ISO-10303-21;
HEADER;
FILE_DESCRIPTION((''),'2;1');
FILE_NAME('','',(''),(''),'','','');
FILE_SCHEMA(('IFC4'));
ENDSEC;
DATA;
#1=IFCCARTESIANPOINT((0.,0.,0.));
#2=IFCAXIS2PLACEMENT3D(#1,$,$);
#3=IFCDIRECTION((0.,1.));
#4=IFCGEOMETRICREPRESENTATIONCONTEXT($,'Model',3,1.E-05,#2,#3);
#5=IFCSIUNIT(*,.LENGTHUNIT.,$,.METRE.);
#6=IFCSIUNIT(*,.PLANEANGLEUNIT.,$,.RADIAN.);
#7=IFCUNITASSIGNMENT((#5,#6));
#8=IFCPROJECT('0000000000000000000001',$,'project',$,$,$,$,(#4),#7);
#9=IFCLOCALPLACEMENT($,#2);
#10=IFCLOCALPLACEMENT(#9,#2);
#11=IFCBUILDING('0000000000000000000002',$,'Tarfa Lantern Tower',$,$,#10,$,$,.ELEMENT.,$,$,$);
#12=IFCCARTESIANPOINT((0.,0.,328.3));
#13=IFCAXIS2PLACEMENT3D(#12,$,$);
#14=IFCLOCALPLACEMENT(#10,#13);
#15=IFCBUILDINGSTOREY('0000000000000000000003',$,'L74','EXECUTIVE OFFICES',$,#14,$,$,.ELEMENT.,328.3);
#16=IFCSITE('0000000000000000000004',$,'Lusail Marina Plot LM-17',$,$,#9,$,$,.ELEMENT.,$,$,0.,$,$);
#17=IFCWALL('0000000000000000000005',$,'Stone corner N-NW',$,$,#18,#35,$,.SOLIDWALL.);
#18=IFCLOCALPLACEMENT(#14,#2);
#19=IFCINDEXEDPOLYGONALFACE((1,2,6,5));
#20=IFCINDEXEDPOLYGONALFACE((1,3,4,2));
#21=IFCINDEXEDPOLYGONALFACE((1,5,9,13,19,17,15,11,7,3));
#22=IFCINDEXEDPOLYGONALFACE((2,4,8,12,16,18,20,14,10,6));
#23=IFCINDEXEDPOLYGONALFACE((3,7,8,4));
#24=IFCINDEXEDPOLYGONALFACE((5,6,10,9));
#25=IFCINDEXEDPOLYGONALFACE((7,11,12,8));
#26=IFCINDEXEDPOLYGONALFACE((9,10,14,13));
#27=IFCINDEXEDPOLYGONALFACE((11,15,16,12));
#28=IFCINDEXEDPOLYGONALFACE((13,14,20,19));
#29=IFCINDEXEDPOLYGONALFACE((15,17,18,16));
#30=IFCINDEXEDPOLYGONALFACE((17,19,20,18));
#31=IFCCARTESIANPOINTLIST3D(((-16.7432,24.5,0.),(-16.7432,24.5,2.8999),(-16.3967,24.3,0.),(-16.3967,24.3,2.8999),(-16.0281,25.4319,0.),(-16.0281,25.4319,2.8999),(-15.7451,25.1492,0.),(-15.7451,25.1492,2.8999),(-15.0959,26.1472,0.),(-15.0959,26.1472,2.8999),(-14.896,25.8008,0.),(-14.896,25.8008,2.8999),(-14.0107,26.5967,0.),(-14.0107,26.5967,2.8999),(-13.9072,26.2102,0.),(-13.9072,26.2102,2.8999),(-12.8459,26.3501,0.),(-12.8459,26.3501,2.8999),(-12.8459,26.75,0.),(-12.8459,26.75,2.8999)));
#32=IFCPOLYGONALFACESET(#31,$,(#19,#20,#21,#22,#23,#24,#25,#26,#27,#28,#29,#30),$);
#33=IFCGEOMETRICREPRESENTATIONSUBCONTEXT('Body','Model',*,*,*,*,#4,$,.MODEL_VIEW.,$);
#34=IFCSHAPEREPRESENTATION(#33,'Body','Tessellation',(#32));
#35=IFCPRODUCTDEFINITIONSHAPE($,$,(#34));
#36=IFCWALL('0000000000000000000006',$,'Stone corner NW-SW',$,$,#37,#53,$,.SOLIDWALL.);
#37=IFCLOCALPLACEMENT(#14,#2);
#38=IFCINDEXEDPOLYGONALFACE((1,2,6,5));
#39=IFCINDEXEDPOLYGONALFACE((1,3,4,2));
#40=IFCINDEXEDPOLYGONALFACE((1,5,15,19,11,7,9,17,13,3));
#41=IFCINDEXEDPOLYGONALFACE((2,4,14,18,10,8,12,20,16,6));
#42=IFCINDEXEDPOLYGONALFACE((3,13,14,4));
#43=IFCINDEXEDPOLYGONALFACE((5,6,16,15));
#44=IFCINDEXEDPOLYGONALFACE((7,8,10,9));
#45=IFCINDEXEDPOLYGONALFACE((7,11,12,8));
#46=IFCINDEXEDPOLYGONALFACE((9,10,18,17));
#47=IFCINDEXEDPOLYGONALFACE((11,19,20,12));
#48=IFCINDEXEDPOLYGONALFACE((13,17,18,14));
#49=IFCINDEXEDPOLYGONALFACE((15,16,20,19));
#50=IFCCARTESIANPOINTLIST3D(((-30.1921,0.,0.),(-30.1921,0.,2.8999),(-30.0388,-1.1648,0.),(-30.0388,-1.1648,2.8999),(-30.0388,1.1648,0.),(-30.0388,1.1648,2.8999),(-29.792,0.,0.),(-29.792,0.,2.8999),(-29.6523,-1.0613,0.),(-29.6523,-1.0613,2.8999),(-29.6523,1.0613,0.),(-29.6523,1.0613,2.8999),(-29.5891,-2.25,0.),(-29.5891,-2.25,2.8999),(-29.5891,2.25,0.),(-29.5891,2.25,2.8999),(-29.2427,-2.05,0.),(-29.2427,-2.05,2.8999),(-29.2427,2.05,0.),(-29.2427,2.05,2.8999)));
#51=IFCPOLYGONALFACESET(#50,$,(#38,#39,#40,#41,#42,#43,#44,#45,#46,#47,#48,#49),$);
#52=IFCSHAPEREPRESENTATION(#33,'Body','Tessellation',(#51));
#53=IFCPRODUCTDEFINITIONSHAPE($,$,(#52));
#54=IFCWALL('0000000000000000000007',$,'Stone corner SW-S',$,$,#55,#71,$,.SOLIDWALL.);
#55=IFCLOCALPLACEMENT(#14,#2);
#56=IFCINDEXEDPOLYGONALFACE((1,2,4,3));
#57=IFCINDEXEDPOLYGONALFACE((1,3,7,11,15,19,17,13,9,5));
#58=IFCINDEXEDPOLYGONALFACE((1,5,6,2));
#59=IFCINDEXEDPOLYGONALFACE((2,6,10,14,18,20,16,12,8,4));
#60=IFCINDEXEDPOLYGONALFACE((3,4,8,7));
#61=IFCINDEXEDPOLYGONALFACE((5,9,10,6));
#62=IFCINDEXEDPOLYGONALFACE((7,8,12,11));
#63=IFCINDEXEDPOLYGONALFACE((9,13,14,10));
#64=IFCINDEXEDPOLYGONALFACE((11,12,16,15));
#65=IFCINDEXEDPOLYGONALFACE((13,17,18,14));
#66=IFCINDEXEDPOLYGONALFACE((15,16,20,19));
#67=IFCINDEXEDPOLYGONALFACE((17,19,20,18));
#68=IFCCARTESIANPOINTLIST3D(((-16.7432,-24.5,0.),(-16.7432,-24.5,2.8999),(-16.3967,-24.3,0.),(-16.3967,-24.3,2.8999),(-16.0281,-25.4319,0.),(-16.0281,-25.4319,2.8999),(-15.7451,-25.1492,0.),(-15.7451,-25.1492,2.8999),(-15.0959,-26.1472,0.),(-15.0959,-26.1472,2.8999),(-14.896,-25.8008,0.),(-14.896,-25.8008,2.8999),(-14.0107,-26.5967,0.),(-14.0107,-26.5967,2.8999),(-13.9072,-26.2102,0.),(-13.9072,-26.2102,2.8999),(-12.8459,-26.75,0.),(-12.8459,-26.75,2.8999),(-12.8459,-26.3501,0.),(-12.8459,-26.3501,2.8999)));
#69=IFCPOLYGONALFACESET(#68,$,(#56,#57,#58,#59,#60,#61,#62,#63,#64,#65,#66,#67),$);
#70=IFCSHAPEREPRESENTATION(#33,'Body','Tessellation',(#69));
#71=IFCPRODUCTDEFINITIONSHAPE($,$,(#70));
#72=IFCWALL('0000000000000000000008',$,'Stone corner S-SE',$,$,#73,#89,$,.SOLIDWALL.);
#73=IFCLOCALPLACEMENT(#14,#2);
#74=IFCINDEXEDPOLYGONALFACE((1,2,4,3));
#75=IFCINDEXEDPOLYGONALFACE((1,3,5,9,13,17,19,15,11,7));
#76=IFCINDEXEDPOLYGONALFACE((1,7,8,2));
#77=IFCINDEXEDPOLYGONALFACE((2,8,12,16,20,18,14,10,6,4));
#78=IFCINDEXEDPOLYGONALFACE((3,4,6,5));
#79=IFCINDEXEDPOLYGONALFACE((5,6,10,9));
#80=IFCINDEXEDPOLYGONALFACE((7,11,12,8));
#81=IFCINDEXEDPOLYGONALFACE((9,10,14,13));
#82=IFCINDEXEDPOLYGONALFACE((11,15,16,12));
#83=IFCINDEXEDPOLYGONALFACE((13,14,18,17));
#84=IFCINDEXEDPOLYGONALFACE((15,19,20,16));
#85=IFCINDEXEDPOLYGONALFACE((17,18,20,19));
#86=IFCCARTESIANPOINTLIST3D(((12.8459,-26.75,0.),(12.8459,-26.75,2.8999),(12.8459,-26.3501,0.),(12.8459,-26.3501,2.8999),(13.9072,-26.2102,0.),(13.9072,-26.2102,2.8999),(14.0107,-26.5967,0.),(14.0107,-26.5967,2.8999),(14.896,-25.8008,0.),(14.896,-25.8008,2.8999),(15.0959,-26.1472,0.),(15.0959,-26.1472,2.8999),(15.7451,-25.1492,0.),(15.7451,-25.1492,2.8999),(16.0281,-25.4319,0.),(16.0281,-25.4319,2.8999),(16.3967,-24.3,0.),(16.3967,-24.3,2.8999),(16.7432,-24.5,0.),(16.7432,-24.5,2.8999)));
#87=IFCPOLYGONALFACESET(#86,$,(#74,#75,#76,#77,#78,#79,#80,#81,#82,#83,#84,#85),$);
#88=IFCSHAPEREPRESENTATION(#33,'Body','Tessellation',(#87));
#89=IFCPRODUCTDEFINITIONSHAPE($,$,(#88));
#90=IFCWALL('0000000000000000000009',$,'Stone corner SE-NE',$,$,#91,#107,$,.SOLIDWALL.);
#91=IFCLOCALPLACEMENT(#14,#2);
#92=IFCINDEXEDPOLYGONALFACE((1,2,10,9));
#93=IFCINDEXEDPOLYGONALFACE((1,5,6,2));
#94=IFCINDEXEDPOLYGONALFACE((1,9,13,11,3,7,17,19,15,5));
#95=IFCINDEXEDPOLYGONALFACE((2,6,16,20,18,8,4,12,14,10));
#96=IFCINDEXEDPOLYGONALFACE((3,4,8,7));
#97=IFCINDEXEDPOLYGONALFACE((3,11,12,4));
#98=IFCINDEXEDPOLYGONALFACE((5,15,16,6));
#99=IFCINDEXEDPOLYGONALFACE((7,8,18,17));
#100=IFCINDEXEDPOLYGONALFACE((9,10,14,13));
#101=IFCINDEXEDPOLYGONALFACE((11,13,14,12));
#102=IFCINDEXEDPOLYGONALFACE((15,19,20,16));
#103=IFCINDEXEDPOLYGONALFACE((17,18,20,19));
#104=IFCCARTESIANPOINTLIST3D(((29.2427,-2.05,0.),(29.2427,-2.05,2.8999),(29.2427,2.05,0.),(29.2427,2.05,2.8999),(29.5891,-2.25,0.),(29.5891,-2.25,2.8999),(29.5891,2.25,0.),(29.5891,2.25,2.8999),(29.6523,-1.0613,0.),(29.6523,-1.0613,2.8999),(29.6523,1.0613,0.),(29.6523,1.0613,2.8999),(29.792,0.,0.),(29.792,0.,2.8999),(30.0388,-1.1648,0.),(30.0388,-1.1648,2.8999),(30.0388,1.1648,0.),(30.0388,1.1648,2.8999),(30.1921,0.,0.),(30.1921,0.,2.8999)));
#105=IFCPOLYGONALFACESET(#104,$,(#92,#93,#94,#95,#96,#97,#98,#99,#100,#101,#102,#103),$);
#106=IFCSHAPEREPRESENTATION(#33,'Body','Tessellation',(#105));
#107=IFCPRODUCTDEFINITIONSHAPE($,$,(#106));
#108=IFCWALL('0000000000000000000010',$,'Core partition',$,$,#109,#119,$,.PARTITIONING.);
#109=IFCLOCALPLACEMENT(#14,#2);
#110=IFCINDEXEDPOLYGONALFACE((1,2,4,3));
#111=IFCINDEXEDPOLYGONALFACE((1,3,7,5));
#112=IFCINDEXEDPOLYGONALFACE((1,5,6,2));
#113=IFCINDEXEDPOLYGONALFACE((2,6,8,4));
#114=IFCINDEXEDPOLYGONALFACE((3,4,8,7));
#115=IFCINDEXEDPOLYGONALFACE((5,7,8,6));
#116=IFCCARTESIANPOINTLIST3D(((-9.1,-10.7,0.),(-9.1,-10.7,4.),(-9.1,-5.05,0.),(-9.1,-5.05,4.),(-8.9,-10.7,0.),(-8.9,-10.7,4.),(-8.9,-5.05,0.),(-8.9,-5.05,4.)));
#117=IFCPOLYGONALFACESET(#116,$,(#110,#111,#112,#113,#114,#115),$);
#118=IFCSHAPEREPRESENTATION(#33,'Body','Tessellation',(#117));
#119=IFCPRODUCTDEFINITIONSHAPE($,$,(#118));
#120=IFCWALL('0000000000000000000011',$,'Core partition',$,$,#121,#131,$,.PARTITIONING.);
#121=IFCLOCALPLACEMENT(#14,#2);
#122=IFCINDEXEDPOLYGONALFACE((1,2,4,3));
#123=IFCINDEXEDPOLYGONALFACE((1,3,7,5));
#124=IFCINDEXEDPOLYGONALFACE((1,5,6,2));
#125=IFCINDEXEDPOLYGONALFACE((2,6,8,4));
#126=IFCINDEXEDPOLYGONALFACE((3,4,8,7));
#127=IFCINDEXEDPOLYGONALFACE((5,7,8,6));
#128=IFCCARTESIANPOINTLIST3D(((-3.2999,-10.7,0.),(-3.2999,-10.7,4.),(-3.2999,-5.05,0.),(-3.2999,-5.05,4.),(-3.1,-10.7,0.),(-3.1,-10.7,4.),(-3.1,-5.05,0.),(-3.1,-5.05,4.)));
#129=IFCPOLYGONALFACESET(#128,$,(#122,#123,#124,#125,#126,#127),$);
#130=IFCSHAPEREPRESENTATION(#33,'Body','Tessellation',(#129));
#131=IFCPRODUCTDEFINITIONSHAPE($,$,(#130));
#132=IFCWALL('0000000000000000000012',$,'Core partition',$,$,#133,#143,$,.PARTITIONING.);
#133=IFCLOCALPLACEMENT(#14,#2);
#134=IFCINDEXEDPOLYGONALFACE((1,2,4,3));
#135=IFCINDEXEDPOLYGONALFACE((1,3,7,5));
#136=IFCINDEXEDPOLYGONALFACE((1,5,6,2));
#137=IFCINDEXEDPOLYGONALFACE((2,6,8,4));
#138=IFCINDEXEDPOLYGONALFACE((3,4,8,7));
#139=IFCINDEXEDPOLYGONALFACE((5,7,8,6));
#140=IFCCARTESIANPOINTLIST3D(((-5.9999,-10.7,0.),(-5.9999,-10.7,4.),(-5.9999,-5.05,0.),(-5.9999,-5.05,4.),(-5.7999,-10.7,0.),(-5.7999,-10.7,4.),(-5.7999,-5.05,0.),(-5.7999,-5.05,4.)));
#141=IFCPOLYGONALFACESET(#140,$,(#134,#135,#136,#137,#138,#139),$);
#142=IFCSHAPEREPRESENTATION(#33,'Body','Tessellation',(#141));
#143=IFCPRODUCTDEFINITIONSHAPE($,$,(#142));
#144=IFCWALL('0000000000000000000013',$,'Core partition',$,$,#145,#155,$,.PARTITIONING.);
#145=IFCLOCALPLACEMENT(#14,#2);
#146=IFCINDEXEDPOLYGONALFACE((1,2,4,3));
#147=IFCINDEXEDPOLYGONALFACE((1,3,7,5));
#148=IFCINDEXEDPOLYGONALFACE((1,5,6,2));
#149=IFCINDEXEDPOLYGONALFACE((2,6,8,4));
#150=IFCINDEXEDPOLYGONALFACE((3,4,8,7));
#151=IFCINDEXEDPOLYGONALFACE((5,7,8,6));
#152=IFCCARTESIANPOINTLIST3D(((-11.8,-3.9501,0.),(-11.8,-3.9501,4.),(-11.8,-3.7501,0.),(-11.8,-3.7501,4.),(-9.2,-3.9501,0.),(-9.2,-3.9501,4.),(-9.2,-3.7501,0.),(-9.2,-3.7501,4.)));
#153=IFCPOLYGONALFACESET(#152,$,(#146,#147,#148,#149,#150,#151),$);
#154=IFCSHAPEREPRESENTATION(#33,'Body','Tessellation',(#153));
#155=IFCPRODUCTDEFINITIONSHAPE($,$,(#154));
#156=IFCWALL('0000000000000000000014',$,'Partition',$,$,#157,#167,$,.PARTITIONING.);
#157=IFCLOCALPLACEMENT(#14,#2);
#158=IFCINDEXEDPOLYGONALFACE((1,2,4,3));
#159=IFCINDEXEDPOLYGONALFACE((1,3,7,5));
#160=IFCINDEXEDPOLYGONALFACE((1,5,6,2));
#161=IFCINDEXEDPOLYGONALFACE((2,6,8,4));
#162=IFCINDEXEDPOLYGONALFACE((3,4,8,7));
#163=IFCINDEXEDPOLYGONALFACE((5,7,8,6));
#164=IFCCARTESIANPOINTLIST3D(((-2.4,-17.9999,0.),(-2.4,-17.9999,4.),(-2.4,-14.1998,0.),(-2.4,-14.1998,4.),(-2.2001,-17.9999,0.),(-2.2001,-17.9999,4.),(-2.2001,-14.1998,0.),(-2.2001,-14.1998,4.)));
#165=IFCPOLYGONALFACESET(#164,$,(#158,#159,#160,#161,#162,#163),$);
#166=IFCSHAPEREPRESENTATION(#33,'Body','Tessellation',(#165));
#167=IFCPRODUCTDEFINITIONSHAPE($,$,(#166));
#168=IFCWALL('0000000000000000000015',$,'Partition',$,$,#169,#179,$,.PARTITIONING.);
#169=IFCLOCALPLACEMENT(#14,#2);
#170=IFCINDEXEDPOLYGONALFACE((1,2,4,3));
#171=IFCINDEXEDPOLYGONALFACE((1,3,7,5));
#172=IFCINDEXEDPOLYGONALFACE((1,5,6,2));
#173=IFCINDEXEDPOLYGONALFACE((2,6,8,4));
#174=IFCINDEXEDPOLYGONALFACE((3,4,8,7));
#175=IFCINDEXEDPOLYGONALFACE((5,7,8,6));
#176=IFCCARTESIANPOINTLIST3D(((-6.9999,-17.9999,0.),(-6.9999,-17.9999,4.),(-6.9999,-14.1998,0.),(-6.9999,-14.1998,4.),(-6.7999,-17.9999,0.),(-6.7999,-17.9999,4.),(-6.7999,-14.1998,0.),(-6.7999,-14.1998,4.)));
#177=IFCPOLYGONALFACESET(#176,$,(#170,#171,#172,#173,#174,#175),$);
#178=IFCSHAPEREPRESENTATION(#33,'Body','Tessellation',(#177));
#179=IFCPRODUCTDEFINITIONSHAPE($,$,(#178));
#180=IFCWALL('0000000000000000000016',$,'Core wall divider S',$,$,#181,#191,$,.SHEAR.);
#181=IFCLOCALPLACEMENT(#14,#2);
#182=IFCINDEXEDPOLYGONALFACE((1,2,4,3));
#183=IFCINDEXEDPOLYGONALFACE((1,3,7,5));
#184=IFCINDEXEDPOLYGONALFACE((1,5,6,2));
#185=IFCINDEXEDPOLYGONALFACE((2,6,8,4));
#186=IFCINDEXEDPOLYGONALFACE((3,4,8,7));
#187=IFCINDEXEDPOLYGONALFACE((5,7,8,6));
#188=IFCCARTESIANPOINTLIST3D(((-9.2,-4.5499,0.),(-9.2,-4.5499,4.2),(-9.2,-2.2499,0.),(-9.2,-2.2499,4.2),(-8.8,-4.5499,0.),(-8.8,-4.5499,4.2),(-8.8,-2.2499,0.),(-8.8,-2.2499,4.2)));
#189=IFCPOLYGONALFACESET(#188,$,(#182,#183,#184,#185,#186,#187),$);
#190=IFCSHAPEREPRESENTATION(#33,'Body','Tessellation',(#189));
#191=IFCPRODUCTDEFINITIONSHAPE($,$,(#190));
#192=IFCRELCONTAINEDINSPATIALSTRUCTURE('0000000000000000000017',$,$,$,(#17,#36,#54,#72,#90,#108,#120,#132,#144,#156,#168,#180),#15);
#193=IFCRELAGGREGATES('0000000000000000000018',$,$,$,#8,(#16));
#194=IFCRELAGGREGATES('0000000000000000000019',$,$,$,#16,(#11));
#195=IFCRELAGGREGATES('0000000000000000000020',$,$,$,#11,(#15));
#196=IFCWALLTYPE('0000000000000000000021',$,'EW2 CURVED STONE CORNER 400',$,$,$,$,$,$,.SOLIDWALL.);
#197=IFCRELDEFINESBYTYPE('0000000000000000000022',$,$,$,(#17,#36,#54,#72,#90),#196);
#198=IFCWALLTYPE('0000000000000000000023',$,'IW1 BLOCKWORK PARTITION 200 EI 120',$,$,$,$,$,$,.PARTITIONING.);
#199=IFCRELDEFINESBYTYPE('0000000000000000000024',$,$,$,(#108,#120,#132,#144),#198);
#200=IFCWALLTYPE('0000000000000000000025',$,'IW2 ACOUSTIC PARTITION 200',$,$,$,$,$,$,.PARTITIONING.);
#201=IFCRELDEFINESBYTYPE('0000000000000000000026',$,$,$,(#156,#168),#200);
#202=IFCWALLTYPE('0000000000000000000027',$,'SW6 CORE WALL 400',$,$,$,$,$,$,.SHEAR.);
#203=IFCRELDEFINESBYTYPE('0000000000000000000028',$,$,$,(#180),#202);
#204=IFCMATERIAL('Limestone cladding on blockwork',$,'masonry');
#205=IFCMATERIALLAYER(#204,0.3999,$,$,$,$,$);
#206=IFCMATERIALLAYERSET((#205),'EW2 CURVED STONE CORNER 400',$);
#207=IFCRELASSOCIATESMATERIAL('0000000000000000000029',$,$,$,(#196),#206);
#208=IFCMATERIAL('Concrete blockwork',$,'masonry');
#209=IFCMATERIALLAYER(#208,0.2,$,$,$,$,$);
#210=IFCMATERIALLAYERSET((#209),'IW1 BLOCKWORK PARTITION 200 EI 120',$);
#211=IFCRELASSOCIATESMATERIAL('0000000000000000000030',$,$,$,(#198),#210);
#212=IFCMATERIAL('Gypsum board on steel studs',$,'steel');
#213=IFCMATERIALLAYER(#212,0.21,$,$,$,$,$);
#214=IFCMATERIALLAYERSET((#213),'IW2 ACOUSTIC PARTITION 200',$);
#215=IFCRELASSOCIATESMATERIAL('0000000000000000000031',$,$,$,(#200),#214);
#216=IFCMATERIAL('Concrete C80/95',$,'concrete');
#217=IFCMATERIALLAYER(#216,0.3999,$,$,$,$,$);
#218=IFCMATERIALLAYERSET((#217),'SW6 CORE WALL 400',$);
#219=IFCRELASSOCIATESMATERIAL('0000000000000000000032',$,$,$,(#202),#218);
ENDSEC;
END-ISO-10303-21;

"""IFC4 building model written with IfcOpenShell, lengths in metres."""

from ifc_helpers import new_model, si_unit, direction, frame, frame_2d, origin, place, context, subcontext, project, spatial, polyline, rectangle, outline, extrude, material, layer, layer_set, type_object, element, save


model = new_model("IFC4")

# Units and contexts
model_context = context("Model", 3, precision=1e-05, world=origin(), true_north=direction((0.0, 1.0)))
body_context = subcontext(model_context, "Body", "Model", "MODEL_VIEW")
ifc_project = project(units=[si_unit("LENGTHUNIT", "METRE"), si_unit("PLANEANGLEUNIT", "RADIAN")], contexts=[model_context])

# Site, building, storey
site_placement = place(None, origin())
site = spatial("IfcSite", under=ifc_project, at=site_placement, Name="Lusail Marina Plot LM-17", CompositionType="ELEMENT", RefElevation=0.0)
building_placement = place(site_placement, origin())
building = spatial("IfcBuilding", under=site, at=building_placement, Name="Tarfa Lantern Tower", CompositionType="ELEMENT")
storey_placement = place(building_placement, frame((0.0, 0.0, 328.3)))
storey = spatial("IfcBuildingStorey", under=building, at=storey_placement, Name="L74", Description="EXECUTIVE OFFICES", CompositionType="ELEMENT", Elevation=328.3)

# Walls
ifc_material_1 = material(Name="Limestone cladding on blockwork", Category="masonry")
ifc_layer_1 = layer(ifc_material_1, 0.3999)
ifc_layer_set_1 = layer_set([ifc_layer_1], Name="EW2 CURVED STONE CORNER 400")
wall_type_1 = type_object("IfcWallType", Name="EW2 CURVED STONE CORNER 400", PredefinedType="SOLIDWALL", material=ifc_layer_set_1)
wall_1_placement = place(storey_placement, origin())
element("IfcWall", 1, at=wall_1_placement, inside=storey, type_object=wall_type_1, Name="Stone corner N-NW", PredefinedType="SOLIDWALL", context=body_context, shape_type="SweptSolid", body=[
    extrude(outline(polyline([(-12.8459, 26.75), (-14.0107, 26.5967), (-15.0959, 26.1472), (-16.0281, 25.4319), (-16.7432, 24.5), (-16.3967, 24.3), (-15.7451, 25.1492), (-14.896, 25.8008), (-13.9072, 26.2102), (-12.8459, 26.3501), (-12.8459, 26.75)])), origin(), (0.0, 0.0, 1.0), 2.8999),
])
wall_2_placement = place(storey_placement, origin())
element("IfcWall", 2, at=wall_2_placement, inside=storey, type_object=wall_type_1, Name="Stone corner NW-SW", PredefinedType="SOLIDWALL", context=body_context, shape_type="SweptSolid", body=[
    extrude(outline(polyline([(-29.5891, 2.25), (-30.0388, 1.1648), (-30.1921, 0.0), (-30.0388, -1.1648), (-29.5891, -2.25), (-29.2427, -2.05), (-29.6523, -1.0613), (-29.792, 0.0), (-29.6523, 1.0613), (-29.2427, 2.05), (-29.5891, 2.25)])), origin(), (0.0, 0.0, 1.0), 2.8999),
])
wall_3_placement = place(storey_placement, origin())
element("IfcWall", 3, at=wall_3_placement, inside=storey, type_object=wall_type_1, Name="Stone corner SW-S", PredefinedType="SOLIDWALL", context=body_context, shape_type="SweptSolid", body=[
    extrude(outline(polyline([(-16.7432, -24.5), (-16.0281, -25.4319), (-15.0959, -26.1472), (-14.0107, -26.5967), (-12.8459, -26.75), (-12.8459, -26.3501), (-13.9072, -26.2102), (-14.896, -25.8008), (-15.7451, -25.1492), (-16.3967, -24.3), (-16.7432, -24.5)])), origin(), (0.0, 0.0, 1.0), 2.8999),
])
wall_4_placement = place(storey_placement, origin())
element("IfcWall", 4, at=wall_4_placement, inside=storey, type_object=wall_type_1, Name="Stone corner S-SE", PredefinedType="SOLIDWALL", context=body_context, shape_type="SweptSolid", body=[
    extrude(outline(polyline([(12.8459, -26.75), (14.0107, -26.5967), (15.0959, -26.1472), (16.0281, -25.4319), (16.7432, -24.5), (16.3967, -24.3), (15.7451, -25.1492), (14.896, -25.8008), (13.9072, -26.2102), (12.8459, -26.3501), (12.8459, -26.75)])), origin(), (0.0, 0.0, 1.0), 2.8999),
])
wall_5_placement = place(storey_placement, origin())
element("IfcWall", 5, at=wall_5_placement, inside=storey, type_object=wall_type_1, Name="Stone corner SE-NE", PredefinedType="SOLIDWALL", context=body_context, shape_type="SweptSolid", body=[
    extrude(outline(polyline([(29.5891, -2.25), (30.0388, -1.1648), (30.1921, 0.0), (30.0388, 1.1648), (29.5891, 2.25), (29.2427, 2.05), (29.6523, 1.0613), (29.792, 0.0), (29.6523, -1.0613), (29.2427, -2.05), (29.5891, -2.25)])), origin(), (0.0, 0.0, 1.0), 2.8999),
])
ifc_material_2 = material(Name="Concrete blockwork", Category="masonry")
ifc_layer_2 = layer(ifc_material_2, 0.2)
ifc_layer_set_2 = layer_set([ifc_layer_2], Name="IW1 BLOCKWORK PARTITION 200 EI 120")
wall_type_2 = type_object("IfcWallType", Name="IW1 BLOCKWORK PARTITION 200 EI 120", PredefinedType="PARTITIONING", material=ifc_layer_set_2)
for number, where, z_axis, x_axis, name in (
    (6, (-9.0, -5.05, 0.0), (0.0, 0.0, 1.0), (0.0, -1.0, 0.0), "Core partition"),
    (7, (-3.2, -5.05, 0.0), (0.0, 0.0, 1.0), (0.0, -1.0, 0.0), "Core partition"),
    (8, (-5.8999, -5.05, 0.0), (0.0, 0.0, 1.0), (0.0, -1.0, 0.0), "Core partition"),
):
    element("IfcWall", number, at=place(storey_placement, frame(where, z_axis=z_axis, x_axis=x_axis)), inside=storey, type_object=wall_type_2, Name=name, PredefinedType="PARTITIONING", context=body_context, shape_type="SweptSolid", body=[
        extrude(rectangle(XDim=5.6499, YDim=0.2, at=frame_2d((2.825, 0.0))), origin(), (0.0, 0.0, 1.0), 4.0),
    ])
wall_6_placement = place(storey_placement, frame((-9.2, -3.8501, 0.0), z_axis=(0.0, 0.0, 1.0), x_axis=(-1.0, 0.0, 0.0)))
element("IfcWall", 9, at=wall_6_placement, inside=storey, type_object=wall_type_2, Name="Core partition", PredefinedType="PARTITIONING", context=body_context, shape_type="SweptSolid", body=[
    extrude(rectangle(XDim=2.6001, YDim=0.2, at=frame_2d((1.3, 0.0))), origin(), (0.0, 0.0, 1.0), 4.0),
])
ifc_material_3 = material(Name="Gypsum board on steel studs", Category="steel")
ifc_layer_3 = layer(ifc_material_3, 0.21)
ifc_layer_set_3 = layer_set([ifc_layer_3], Name="IW2 ACOUSTIC PARTITION 200")
wall_type_3 = type_object("IfcWallType", Name="IW2 ACOUSTIC PARTITION 200", PredefinedType="PARTITIONING", material=ifc_layer_set_3)
for number, where, z_axis, x_axis, name in (
    (10, (-2.3, -14.2, 0.0), (0.0, 0.0, 1.0), (0.0, -1.0, 0.0), "Partition"),
    (11, (-6.8999, -14.2, 0.0), (0.0, 0.0, 1.0), (0.0, -1.0, 0.0), "Partition"),
):
    element("IfcWall", number, at=place(storey_placement, frame(where, z_axis=z_axis, x_axis=x_axis)), inside=storey, type_object=wall_type_3, Name=name, PredefinedType="PARTITIONING", context=body_context, shape_type="SweptSolid", body=[
        extrude(rectangle(XDim=3.8, YDim=0.2, at=frame_2d((1.8999, 0.0))), origin(), (0.0, 0.0, 1.0), 4.0),
    ])
ifc_material_4 = material(Name="Concrete C80/95", Category="concrete")
ifc_layer_4 = layer(ifc_material_4, 0.3999)
ifc_layer_set_4 = layer_set([ifc_layer_4], Name="SW6 CORE WALL 400")
wall_type_4 = type_object("IfcWallType", Name="SW6 CORE WALL 400", PredefinedType="SHEAR", material=ifc_layer_set_4)
wall_7_placement = place(storey_placement, frame((-9.0, -2.25, 0.0), z_axis=(0.0, 0.0, 1.0), x_axis=(0.0, -1.0, 0.0)))
element("IfcWall", 12, at=wall_7_placement, inside=storey, type_object=wall_type_4, Name="Core wall divider S", PredefinedType="SHEAR", context=body_context, shape_type="SweptSolid", body=[
    extrude(rectangle(XDim=2.3, YDim=0.3999, at=frame_2d((1.1499, 0.0))), origin(), (0.0, 0.0, 1.0), 4.2),
])

save(model, "model.ifc")
